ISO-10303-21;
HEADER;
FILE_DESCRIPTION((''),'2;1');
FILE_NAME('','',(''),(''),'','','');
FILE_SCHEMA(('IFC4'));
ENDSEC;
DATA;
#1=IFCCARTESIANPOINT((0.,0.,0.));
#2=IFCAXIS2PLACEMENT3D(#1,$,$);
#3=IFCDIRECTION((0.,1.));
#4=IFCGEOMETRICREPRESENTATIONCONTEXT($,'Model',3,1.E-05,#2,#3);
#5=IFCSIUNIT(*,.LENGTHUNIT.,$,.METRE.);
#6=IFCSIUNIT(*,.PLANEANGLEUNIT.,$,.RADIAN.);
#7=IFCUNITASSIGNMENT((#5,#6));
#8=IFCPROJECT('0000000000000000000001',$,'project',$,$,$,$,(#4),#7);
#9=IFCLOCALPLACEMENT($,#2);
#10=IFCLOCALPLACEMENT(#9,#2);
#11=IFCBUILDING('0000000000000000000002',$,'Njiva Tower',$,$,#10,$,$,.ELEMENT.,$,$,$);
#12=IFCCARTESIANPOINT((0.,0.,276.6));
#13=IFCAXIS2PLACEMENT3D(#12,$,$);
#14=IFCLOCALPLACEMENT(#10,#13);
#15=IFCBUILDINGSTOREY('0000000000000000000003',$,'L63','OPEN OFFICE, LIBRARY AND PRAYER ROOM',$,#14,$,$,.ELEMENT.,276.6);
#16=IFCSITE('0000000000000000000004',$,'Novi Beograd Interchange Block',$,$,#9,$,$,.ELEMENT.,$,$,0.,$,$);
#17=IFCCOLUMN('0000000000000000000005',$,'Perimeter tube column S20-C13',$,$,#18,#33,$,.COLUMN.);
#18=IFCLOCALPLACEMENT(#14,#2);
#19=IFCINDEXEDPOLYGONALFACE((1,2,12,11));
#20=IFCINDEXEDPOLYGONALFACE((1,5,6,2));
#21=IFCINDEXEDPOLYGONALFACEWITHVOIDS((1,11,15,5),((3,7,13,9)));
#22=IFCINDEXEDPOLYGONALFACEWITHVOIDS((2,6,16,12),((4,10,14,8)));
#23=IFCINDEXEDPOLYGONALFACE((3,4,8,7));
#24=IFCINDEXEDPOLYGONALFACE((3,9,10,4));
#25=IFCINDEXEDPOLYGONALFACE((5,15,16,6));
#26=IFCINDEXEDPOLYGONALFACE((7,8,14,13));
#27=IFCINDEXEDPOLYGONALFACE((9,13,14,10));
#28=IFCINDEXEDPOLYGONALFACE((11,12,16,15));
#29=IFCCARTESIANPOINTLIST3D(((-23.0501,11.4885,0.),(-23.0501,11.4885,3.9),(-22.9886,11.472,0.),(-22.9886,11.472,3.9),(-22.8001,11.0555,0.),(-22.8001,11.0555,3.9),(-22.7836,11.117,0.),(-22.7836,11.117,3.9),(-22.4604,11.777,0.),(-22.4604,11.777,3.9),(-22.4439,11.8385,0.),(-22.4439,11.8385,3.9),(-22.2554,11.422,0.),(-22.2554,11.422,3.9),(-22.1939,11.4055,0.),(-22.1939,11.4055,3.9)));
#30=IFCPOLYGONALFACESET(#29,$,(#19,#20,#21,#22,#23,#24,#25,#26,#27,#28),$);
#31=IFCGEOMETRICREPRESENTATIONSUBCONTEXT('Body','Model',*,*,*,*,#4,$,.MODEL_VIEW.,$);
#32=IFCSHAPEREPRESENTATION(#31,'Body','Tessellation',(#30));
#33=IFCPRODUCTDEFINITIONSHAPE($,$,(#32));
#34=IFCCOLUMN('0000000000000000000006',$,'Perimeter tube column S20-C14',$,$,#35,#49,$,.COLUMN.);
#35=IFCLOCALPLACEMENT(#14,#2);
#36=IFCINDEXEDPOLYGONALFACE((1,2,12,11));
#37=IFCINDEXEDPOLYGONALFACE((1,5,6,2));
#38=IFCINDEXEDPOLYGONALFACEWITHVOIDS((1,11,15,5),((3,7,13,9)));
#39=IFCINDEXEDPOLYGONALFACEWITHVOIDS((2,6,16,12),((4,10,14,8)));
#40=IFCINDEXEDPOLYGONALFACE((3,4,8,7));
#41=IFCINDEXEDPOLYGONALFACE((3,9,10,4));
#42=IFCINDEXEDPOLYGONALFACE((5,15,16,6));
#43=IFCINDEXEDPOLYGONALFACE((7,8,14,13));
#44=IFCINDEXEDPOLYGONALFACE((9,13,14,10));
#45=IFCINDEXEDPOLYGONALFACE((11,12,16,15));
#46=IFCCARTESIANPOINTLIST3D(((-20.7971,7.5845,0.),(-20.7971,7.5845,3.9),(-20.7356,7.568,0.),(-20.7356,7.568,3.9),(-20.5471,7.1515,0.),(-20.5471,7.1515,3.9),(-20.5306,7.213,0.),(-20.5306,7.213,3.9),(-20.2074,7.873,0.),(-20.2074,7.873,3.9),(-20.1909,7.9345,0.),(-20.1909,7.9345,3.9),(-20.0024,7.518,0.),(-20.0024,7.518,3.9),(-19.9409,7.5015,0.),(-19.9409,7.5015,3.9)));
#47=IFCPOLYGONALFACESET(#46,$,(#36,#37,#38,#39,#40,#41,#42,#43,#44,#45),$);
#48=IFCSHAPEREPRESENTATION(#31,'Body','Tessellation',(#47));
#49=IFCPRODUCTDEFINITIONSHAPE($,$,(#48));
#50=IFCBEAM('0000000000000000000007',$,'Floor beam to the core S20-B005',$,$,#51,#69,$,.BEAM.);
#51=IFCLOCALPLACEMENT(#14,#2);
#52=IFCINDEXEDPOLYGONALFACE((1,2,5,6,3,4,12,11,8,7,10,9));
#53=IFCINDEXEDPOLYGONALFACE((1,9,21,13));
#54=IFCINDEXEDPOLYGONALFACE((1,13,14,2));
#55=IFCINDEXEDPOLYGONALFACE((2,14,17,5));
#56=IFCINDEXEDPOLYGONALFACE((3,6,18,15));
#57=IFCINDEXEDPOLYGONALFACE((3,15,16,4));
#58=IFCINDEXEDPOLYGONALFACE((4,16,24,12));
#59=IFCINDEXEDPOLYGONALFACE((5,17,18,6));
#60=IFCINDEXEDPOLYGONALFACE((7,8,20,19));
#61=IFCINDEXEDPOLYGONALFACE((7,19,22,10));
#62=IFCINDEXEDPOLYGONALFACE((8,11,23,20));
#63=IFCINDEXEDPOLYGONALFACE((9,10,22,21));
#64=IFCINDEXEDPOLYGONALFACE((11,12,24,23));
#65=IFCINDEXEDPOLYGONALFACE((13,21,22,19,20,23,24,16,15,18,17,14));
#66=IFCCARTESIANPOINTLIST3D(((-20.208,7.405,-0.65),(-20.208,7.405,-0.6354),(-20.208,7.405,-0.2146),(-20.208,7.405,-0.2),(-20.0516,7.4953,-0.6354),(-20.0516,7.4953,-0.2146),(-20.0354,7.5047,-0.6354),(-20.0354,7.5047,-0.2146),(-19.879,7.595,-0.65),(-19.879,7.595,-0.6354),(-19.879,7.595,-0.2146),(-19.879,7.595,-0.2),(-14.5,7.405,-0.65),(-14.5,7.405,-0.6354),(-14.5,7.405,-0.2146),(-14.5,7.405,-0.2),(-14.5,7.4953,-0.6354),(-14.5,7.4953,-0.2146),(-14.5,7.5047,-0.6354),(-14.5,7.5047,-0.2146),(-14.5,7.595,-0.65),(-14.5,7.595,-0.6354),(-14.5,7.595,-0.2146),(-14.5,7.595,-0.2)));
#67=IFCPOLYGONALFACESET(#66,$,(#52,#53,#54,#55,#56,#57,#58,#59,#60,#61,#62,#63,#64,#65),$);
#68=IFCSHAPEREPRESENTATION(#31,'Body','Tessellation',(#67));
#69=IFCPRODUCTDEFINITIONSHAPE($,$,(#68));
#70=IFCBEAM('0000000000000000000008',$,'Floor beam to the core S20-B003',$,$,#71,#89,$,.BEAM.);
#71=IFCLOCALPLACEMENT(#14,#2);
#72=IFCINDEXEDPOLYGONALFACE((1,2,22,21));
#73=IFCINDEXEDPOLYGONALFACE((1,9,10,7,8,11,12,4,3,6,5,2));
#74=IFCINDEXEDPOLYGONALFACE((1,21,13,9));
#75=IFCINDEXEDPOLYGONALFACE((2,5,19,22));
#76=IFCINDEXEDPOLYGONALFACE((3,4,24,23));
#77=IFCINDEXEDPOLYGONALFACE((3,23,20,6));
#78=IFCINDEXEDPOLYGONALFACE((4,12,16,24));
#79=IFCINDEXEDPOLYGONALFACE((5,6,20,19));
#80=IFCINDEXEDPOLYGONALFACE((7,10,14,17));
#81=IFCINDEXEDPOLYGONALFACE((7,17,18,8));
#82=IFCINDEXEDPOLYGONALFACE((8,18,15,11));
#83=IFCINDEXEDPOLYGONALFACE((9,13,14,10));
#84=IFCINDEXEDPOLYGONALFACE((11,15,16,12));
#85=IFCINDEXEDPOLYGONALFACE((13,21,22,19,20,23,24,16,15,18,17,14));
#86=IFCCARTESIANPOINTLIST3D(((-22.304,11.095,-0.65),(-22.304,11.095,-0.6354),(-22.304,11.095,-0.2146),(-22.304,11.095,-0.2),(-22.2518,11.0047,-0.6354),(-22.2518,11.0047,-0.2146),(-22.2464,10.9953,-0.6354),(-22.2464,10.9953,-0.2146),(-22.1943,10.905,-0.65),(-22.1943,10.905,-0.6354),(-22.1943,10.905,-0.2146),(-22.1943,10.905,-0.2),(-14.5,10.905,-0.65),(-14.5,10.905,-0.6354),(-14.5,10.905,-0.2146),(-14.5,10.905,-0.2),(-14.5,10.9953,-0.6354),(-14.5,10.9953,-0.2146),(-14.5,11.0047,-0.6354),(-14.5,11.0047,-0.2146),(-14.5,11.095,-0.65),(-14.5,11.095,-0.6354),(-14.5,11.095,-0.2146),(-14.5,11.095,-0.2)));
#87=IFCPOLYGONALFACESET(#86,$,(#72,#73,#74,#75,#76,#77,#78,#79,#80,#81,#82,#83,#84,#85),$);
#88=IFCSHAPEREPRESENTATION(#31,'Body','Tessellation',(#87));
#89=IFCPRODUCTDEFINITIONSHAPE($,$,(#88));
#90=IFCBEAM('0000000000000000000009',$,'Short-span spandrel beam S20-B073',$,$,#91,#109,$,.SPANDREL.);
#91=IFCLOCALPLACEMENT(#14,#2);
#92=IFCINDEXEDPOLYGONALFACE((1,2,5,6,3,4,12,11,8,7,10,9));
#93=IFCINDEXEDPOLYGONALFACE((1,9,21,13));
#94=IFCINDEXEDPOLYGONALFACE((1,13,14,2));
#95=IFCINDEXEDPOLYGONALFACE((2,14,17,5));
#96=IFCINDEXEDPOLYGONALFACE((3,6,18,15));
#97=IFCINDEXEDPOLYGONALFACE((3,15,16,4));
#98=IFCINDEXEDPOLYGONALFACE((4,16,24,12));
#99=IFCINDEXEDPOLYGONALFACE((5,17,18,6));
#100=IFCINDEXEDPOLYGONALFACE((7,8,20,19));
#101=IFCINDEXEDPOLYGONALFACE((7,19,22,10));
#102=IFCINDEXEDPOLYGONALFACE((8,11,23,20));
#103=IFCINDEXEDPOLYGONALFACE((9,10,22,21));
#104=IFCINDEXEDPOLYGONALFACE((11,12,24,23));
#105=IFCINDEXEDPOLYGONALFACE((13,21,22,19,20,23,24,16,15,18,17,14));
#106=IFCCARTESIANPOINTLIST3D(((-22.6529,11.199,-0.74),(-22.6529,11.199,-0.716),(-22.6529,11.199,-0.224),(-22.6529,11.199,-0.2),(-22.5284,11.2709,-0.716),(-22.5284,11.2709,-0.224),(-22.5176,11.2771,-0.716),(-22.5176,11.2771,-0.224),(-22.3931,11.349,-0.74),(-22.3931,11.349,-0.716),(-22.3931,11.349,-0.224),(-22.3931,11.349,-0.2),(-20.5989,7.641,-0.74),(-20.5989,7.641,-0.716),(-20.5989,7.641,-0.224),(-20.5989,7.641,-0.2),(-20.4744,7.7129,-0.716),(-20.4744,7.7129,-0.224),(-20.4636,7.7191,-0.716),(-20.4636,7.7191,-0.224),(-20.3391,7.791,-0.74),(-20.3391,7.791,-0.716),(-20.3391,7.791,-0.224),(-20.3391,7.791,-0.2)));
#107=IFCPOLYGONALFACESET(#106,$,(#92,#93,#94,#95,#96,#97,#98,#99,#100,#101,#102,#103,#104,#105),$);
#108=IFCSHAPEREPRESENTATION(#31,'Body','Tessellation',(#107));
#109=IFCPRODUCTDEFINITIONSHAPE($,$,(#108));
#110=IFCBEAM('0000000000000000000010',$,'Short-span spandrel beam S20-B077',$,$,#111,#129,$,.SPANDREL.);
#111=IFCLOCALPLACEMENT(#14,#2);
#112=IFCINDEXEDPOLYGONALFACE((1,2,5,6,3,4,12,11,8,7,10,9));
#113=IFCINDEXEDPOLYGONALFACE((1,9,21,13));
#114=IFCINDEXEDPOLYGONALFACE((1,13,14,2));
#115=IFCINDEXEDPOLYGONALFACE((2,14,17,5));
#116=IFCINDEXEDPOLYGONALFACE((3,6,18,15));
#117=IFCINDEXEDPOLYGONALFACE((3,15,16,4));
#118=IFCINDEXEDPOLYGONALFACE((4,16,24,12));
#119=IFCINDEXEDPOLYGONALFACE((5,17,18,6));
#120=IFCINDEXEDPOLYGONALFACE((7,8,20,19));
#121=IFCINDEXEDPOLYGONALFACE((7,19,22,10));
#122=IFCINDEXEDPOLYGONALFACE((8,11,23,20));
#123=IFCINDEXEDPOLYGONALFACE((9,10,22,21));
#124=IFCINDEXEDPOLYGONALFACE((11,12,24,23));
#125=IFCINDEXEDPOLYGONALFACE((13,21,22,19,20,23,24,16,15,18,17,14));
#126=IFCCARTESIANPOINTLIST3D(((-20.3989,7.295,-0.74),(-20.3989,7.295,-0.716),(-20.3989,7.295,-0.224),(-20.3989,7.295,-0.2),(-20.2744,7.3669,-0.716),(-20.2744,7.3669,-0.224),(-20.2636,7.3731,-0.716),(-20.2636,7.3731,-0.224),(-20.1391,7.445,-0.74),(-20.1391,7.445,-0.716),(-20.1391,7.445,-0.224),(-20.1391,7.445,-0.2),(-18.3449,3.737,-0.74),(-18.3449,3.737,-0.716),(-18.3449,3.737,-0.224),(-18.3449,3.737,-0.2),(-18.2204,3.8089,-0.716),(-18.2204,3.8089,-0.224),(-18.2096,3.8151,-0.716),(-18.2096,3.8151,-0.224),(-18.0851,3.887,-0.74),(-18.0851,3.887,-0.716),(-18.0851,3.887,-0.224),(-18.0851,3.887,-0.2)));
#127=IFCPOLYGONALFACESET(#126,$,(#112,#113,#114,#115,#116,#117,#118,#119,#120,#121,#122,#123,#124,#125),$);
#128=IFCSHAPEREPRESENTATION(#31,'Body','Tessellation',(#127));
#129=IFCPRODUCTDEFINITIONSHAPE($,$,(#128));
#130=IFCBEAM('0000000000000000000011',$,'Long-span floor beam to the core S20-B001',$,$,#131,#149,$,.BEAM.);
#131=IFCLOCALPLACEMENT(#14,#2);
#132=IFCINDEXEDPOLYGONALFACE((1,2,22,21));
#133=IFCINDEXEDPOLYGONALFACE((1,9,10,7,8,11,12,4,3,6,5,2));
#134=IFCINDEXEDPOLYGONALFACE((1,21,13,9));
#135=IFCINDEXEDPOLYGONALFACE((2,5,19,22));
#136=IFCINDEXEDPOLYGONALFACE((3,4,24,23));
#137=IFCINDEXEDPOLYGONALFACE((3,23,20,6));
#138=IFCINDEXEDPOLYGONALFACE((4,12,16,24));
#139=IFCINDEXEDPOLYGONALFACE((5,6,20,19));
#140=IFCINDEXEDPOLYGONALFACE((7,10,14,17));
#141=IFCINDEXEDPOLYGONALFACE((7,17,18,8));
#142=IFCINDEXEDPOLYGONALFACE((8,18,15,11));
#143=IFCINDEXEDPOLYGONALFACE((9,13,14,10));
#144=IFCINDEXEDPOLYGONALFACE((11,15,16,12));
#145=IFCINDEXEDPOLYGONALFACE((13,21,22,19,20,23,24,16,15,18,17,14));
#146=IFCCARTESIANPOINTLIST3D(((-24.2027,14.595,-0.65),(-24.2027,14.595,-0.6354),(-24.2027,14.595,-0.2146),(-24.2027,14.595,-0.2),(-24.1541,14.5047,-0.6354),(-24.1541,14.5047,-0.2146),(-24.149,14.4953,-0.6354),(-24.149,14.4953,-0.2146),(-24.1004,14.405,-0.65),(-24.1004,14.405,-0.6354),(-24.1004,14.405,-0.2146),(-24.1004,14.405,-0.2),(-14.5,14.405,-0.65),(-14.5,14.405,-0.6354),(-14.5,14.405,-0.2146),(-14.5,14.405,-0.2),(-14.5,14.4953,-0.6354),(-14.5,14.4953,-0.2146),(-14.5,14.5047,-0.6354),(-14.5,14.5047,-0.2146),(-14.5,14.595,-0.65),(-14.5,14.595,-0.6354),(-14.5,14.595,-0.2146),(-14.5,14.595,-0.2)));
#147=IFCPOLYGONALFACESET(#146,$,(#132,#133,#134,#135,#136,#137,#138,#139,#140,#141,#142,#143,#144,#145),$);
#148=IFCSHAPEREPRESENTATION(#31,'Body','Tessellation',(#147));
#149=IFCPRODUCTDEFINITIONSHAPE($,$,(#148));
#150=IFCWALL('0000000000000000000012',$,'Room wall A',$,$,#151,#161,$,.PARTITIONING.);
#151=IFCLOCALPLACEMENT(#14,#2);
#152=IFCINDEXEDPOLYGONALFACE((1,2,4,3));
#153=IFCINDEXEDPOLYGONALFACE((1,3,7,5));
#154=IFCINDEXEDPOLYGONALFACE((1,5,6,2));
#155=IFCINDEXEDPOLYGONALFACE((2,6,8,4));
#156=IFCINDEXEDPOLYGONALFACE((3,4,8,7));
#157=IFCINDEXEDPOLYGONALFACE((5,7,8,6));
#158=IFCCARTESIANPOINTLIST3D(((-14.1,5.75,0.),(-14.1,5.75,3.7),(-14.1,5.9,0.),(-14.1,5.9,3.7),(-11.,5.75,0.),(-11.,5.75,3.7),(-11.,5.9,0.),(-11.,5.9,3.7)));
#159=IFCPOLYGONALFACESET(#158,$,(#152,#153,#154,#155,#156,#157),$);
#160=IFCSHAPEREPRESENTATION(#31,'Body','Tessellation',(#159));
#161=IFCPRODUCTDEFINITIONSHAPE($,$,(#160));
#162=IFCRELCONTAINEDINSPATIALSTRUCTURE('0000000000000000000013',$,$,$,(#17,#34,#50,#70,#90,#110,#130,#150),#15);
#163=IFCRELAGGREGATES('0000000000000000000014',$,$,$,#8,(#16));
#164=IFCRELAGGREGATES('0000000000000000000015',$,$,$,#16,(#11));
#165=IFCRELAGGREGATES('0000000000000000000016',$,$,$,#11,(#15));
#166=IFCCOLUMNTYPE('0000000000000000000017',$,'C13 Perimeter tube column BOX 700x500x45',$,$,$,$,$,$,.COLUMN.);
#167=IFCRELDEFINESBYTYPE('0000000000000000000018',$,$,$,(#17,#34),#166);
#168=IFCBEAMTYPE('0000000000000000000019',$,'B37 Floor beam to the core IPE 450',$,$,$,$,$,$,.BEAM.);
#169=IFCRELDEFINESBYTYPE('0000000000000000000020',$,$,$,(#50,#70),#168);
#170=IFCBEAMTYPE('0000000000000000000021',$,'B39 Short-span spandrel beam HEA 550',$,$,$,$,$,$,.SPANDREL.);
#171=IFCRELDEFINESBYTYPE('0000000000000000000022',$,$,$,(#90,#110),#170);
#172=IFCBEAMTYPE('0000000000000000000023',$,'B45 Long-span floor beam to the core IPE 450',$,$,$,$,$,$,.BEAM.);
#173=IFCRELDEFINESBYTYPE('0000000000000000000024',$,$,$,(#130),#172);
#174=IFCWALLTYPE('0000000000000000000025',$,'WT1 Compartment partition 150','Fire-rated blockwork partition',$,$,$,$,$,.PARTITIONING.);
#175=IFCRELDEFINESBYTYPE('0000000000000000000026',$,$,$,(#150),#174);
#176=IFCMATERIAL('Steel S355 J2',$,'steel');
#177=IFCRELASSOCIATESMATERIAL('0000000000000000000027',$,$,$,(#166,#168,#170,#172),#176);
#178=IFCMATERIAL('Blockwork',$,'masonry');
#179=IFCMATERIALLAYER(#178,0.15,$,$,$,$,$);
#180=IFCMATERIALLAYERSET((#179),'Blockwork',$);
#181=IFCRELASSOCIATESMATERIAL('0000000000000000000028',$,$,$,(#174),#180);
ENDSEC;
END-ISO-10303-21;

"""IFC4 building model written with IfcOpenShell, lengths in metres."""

from ifc_helpers import new_model, si_unit, direction, frame, frame_2d, origin, origin_2d, place, context, subcontext, project, spatial, rectangle, hollow_rectangle, i_section, extrude, clip, halfspace, material, layer, layer_set, material_profile, profile_set, type_object, element, save


model = new_model("IFC4")

# Units and contexts
model_context = context("Model", 3, precision=1e-05, world=origin(), true_north=direction((0.0, 1.0)))
body_context = subcontext(model_context, "Body", "Model", "MODEL_VIEW")
ifc_project = project(units=[si_unit("LENGTHUNIT", "METRE"), si_unit("PLANEANGLEUNIT", "RADIAN")], contexts=[model_context])

# Site, building, storey
site_placement = place(None, origin())
site = spatial("IfcSite", under=ifc_project, at=site_placement, Name="Novi Beograd Interchange Block", CompositionType="ELEMENT", RefElevation=0.0)
building_placement = place(site_placement, origin())
building = spatial("IfcBuilding", under=site, at=building_placement, Name="Njiva Tower", CompositionType="ELEMENT")
storey_placement = place(building_placement, frame((0.0, 0.0, 276.6)))
storey = spatial("IfcBuildingStorey", under=building, at=storey_placement, Name="L63", Description="OPEN OFFICE, LIBRARY AND PRAYER ROOM", CompositionType="ELEMENT", Elevation=276.6)

# Columns
ifc_material_1 = material(Name="Steel S355 J2", Category="steel")
ifc_material_profile_1 = material_profile(ifc_material_1, hollow_rectangle(XDim=0.5, YDim=0.7, WallThickness=0.045, at=origin_2d()), Name="BOX 700x500x45")
ifc_profile_set_1 = profile_set([ifc_material_profile_1], Name="Steel S355 J2")
column_type = type_object("IfcColumnType", Name="C13 Perimeter tube column BOX 700x500x45", PredefinedType="COLUMN", material=ifc_profile_set_1)
for number, where, z_axis, x_axis, name in (
    (1, (-22.622, 11.447, 0.0), (0.0, 0.0, 1.0), (0.5, -0.866025, 0.0), "Perimeter tube column S20-C13"),
    (2, (-20.369, 7.543, 0.0), (0.0, 0.0, 1.0), (0.5, -0.866025, 0.0), "Perimeter tube column S20-C14"),
):
    element("IfcColumn", number, at=place(storey_placement, frame(where, z_axis=z_axis, x_axis=x_axis)), inside=storey, type_object=column_type, Name=name, PredefinedType="COLUMN", context=body_context, shape_type="SweptSolid", body=[
        extrude(hollow_rectangle(XDim=0.5, YDim=0.7, WallThickness=0.045, at=origin_2d()), origin(), (0.0, 0.0, 1.0), 3.9),
    ])

# Beams
ifc_material_profile_2 = material_profile(ifc_material_1, i_section(OverallWidth=0.19, OverallDepth=0.45, WebThickness=0.0094, FlangeThickness=0.0146, at=origin_2d()), Name="IPE 450")
ifc_profile_set_2 = profile_set([ifc_material_profile_2], Name="Steel S355 J2")
beam_type_1 = type_object("IfcBeamType", Name="B37 Floor beam to the core IPE 450", PredefinedType="BEAM", material=ifc_profile_set_2)
beam_1_placement = place(storey_placement, frame((-20.228, 7.5, -0.425), z_axis=(1.0, 0.0, 0.0), x_axis=(0.0, 1.0, 0.0)))
element("IfcBeam", 3, at=beam_1_placement, inside=storey, type_object=beam_type_1, Name="Floor beam to the core S20-B005", PredefinedType="BEAM", context=body_context, shape_type="Clipping", body=[
    clip(extrude(i_section(OverallWidth=0.19, OverallDepth=0.45, WebThickness=0.0094, FlangeThickness=0.0146, at=origin_2d()), origin(), (0.0, 0.0, 1.0), 5.728), halfspace(frame((0.0433, 0.0, 0.2595), z_axis=(0.866027, 0.0, -0.499998), x_axis=(0.0, -1.0, 0.0)), False)),
])
beam_2_placement = place(storey_placement, frame((-22.324, 11.0, -0.425), z_axis=(1.0, 0.0, 0.0), x_axis=(0.0, 1.0, 0.0)))
element("IfcBeam", 4, at=beam_2_placement, inside=storey, type_object=beam_type_1, Name="Floor beam to the core S20-B003", PredefinedType="BEAM", context=body_context, shape_type="Clipping", body=[
    clip(extrude(i_section(OverallWidth=0.19, OverallDepth=0.45, WebThickness=0.0094, FlangeThickness=0.0146, at=origin_2d()), origin(), (0.0, 0.0, 1.0), 7.824), halfspace(frame((-0.025, 0.0, 0.0893), z_axis=(-0.499998, 0.0, -0.866027), x_axis=(0.0, -1.0, 0.0)), False)),
])
ifc_material_profile_3 = material_profile(ifc_material_1, i_section(OverallWidth=0.3, OverallDepth=0.54, WebThickness=0.0125, FlangeThickness=0.024, at=origin_2d()), Name="HEA 550")
ifc_profile_set_3 = profile_set([ifc_material_profile_3], Name="Steel S355 J2")
beam_type_2 = type_object("IfcBeamType", Name="B39 Short-span spandrel beam HEA 550", PredefinedType="SPANDREL", material=ifc_profile_set_3)
for number, where, z_axis, x_axis, name in (
    (5, (-22.523, 11.274, -0.47), (0.499961, -0.866048, 0.0), (0.866048, 0.499961, 0.0), "Short-span spandrel beam S20-B073"),
    (6, (-20.269, 7.37, -0.47), (0.499961, -0.866048, 0.0), (0.866048, 0.499961, 0.0), "Short-span spandrel beam S20-B077"),
):
    element("IfcBeam", number, at=place(storey_placement, frame(where, z_axis=z_axis, x_axis=x_axis)), inside=storey, type_object=beam_type_2, Name=name, PredefinedType="SPANDREL", context=body_context, shape_type="SweptSolid", body=[
        extrude(i_section(OverallWidth=0.3, OverallDepth=0.54, WebThickness=0.0125, FlangeThickness=0.024, at=origin_2d()), origin(), (0.0, 0.0, 1.0), 4.1083),
    ])
ifc_material_profile_4 = material_profile(ifc_material_1, i_section(OverallWidth=0.19, OverallDepth=0.45, WebThickness=0.0094, FlangeThickness=0.0146, at=origin_2d()), Name="IPE 450")
ifc_profile_set_4 = profile_set([ifc_material_profile_4], Name="Steel S355 J2")
beam_type_3 = type_object("IfcBeamType", Name="B45 Long-span floor beam to the core IPE 450", PredefinedType="BEAM", material=ifc_profile_set_4)
beam_3_placement = place(storey_placement, frame((-24.223, 14.5, -0.425), z_axis=(1.0, 0.0, 0.0), x_axis=(0.0, 1.0, 0.0)))
element("IfcBeam", 7, at=beam_3_placement, inside=storey, type_object=beam_type_3, Name="Long-span floor beam to the core S20-B001", PredefinedType="BEAM", context=body_context, shape_type="Clipping", body=[
    clip(extrude(i_section(OverallWidth=0.19, OverallDepth=0.45, WebThickness=0.0094, FlangeThickness=0.0146, at=origin_2d()), origin(), (0.0, 0.0, 1.0), 9.723), halfspace(frame((-0.0237, 0.0, 0.0842), z_axis=(-0.473769, 0.0, -0.880649), x_axis=(0.0, -1.0, 0.0)), False)),
])

# Wall
ifc_material_2 = material(Name="Blockwork", Category="masonry")
ifc_layer_1 = layer(ifc_material_2, 0.15)
ifc_layer_set_1 = layer_set([ifc_layer_1], Name="Blockwork")
wall_type_1 = type_object("IfcWallType", Name="WT1 Compartment partition 150", Description="Fire-rated blockwork partition", PredefinedType="PARTITIONING", material=ifc_layer_set_1)
wall_1_placement = place(storey_placement, frame((-14.1, 5.825, 0.0), z_axis=(0.0, 0.0, 1.0), x_axis=(1.0, 0.0, 0.0)))
element("IfcWall", 8, at=wall_1_placement, inside=storey, type_object=wall_type_1, Name="Room wall A", PredefinedType="PARTITIONING", context=body_context, shape_type="SweptSolid", body=[
    extrude(rectangle(XDim=3.1, YDim=0.15, at=frame_2d((1.55, 0.0))), origin(), (0.0, 0.0, 1.0), 3.7),
])

save(model, "model.ifc")
